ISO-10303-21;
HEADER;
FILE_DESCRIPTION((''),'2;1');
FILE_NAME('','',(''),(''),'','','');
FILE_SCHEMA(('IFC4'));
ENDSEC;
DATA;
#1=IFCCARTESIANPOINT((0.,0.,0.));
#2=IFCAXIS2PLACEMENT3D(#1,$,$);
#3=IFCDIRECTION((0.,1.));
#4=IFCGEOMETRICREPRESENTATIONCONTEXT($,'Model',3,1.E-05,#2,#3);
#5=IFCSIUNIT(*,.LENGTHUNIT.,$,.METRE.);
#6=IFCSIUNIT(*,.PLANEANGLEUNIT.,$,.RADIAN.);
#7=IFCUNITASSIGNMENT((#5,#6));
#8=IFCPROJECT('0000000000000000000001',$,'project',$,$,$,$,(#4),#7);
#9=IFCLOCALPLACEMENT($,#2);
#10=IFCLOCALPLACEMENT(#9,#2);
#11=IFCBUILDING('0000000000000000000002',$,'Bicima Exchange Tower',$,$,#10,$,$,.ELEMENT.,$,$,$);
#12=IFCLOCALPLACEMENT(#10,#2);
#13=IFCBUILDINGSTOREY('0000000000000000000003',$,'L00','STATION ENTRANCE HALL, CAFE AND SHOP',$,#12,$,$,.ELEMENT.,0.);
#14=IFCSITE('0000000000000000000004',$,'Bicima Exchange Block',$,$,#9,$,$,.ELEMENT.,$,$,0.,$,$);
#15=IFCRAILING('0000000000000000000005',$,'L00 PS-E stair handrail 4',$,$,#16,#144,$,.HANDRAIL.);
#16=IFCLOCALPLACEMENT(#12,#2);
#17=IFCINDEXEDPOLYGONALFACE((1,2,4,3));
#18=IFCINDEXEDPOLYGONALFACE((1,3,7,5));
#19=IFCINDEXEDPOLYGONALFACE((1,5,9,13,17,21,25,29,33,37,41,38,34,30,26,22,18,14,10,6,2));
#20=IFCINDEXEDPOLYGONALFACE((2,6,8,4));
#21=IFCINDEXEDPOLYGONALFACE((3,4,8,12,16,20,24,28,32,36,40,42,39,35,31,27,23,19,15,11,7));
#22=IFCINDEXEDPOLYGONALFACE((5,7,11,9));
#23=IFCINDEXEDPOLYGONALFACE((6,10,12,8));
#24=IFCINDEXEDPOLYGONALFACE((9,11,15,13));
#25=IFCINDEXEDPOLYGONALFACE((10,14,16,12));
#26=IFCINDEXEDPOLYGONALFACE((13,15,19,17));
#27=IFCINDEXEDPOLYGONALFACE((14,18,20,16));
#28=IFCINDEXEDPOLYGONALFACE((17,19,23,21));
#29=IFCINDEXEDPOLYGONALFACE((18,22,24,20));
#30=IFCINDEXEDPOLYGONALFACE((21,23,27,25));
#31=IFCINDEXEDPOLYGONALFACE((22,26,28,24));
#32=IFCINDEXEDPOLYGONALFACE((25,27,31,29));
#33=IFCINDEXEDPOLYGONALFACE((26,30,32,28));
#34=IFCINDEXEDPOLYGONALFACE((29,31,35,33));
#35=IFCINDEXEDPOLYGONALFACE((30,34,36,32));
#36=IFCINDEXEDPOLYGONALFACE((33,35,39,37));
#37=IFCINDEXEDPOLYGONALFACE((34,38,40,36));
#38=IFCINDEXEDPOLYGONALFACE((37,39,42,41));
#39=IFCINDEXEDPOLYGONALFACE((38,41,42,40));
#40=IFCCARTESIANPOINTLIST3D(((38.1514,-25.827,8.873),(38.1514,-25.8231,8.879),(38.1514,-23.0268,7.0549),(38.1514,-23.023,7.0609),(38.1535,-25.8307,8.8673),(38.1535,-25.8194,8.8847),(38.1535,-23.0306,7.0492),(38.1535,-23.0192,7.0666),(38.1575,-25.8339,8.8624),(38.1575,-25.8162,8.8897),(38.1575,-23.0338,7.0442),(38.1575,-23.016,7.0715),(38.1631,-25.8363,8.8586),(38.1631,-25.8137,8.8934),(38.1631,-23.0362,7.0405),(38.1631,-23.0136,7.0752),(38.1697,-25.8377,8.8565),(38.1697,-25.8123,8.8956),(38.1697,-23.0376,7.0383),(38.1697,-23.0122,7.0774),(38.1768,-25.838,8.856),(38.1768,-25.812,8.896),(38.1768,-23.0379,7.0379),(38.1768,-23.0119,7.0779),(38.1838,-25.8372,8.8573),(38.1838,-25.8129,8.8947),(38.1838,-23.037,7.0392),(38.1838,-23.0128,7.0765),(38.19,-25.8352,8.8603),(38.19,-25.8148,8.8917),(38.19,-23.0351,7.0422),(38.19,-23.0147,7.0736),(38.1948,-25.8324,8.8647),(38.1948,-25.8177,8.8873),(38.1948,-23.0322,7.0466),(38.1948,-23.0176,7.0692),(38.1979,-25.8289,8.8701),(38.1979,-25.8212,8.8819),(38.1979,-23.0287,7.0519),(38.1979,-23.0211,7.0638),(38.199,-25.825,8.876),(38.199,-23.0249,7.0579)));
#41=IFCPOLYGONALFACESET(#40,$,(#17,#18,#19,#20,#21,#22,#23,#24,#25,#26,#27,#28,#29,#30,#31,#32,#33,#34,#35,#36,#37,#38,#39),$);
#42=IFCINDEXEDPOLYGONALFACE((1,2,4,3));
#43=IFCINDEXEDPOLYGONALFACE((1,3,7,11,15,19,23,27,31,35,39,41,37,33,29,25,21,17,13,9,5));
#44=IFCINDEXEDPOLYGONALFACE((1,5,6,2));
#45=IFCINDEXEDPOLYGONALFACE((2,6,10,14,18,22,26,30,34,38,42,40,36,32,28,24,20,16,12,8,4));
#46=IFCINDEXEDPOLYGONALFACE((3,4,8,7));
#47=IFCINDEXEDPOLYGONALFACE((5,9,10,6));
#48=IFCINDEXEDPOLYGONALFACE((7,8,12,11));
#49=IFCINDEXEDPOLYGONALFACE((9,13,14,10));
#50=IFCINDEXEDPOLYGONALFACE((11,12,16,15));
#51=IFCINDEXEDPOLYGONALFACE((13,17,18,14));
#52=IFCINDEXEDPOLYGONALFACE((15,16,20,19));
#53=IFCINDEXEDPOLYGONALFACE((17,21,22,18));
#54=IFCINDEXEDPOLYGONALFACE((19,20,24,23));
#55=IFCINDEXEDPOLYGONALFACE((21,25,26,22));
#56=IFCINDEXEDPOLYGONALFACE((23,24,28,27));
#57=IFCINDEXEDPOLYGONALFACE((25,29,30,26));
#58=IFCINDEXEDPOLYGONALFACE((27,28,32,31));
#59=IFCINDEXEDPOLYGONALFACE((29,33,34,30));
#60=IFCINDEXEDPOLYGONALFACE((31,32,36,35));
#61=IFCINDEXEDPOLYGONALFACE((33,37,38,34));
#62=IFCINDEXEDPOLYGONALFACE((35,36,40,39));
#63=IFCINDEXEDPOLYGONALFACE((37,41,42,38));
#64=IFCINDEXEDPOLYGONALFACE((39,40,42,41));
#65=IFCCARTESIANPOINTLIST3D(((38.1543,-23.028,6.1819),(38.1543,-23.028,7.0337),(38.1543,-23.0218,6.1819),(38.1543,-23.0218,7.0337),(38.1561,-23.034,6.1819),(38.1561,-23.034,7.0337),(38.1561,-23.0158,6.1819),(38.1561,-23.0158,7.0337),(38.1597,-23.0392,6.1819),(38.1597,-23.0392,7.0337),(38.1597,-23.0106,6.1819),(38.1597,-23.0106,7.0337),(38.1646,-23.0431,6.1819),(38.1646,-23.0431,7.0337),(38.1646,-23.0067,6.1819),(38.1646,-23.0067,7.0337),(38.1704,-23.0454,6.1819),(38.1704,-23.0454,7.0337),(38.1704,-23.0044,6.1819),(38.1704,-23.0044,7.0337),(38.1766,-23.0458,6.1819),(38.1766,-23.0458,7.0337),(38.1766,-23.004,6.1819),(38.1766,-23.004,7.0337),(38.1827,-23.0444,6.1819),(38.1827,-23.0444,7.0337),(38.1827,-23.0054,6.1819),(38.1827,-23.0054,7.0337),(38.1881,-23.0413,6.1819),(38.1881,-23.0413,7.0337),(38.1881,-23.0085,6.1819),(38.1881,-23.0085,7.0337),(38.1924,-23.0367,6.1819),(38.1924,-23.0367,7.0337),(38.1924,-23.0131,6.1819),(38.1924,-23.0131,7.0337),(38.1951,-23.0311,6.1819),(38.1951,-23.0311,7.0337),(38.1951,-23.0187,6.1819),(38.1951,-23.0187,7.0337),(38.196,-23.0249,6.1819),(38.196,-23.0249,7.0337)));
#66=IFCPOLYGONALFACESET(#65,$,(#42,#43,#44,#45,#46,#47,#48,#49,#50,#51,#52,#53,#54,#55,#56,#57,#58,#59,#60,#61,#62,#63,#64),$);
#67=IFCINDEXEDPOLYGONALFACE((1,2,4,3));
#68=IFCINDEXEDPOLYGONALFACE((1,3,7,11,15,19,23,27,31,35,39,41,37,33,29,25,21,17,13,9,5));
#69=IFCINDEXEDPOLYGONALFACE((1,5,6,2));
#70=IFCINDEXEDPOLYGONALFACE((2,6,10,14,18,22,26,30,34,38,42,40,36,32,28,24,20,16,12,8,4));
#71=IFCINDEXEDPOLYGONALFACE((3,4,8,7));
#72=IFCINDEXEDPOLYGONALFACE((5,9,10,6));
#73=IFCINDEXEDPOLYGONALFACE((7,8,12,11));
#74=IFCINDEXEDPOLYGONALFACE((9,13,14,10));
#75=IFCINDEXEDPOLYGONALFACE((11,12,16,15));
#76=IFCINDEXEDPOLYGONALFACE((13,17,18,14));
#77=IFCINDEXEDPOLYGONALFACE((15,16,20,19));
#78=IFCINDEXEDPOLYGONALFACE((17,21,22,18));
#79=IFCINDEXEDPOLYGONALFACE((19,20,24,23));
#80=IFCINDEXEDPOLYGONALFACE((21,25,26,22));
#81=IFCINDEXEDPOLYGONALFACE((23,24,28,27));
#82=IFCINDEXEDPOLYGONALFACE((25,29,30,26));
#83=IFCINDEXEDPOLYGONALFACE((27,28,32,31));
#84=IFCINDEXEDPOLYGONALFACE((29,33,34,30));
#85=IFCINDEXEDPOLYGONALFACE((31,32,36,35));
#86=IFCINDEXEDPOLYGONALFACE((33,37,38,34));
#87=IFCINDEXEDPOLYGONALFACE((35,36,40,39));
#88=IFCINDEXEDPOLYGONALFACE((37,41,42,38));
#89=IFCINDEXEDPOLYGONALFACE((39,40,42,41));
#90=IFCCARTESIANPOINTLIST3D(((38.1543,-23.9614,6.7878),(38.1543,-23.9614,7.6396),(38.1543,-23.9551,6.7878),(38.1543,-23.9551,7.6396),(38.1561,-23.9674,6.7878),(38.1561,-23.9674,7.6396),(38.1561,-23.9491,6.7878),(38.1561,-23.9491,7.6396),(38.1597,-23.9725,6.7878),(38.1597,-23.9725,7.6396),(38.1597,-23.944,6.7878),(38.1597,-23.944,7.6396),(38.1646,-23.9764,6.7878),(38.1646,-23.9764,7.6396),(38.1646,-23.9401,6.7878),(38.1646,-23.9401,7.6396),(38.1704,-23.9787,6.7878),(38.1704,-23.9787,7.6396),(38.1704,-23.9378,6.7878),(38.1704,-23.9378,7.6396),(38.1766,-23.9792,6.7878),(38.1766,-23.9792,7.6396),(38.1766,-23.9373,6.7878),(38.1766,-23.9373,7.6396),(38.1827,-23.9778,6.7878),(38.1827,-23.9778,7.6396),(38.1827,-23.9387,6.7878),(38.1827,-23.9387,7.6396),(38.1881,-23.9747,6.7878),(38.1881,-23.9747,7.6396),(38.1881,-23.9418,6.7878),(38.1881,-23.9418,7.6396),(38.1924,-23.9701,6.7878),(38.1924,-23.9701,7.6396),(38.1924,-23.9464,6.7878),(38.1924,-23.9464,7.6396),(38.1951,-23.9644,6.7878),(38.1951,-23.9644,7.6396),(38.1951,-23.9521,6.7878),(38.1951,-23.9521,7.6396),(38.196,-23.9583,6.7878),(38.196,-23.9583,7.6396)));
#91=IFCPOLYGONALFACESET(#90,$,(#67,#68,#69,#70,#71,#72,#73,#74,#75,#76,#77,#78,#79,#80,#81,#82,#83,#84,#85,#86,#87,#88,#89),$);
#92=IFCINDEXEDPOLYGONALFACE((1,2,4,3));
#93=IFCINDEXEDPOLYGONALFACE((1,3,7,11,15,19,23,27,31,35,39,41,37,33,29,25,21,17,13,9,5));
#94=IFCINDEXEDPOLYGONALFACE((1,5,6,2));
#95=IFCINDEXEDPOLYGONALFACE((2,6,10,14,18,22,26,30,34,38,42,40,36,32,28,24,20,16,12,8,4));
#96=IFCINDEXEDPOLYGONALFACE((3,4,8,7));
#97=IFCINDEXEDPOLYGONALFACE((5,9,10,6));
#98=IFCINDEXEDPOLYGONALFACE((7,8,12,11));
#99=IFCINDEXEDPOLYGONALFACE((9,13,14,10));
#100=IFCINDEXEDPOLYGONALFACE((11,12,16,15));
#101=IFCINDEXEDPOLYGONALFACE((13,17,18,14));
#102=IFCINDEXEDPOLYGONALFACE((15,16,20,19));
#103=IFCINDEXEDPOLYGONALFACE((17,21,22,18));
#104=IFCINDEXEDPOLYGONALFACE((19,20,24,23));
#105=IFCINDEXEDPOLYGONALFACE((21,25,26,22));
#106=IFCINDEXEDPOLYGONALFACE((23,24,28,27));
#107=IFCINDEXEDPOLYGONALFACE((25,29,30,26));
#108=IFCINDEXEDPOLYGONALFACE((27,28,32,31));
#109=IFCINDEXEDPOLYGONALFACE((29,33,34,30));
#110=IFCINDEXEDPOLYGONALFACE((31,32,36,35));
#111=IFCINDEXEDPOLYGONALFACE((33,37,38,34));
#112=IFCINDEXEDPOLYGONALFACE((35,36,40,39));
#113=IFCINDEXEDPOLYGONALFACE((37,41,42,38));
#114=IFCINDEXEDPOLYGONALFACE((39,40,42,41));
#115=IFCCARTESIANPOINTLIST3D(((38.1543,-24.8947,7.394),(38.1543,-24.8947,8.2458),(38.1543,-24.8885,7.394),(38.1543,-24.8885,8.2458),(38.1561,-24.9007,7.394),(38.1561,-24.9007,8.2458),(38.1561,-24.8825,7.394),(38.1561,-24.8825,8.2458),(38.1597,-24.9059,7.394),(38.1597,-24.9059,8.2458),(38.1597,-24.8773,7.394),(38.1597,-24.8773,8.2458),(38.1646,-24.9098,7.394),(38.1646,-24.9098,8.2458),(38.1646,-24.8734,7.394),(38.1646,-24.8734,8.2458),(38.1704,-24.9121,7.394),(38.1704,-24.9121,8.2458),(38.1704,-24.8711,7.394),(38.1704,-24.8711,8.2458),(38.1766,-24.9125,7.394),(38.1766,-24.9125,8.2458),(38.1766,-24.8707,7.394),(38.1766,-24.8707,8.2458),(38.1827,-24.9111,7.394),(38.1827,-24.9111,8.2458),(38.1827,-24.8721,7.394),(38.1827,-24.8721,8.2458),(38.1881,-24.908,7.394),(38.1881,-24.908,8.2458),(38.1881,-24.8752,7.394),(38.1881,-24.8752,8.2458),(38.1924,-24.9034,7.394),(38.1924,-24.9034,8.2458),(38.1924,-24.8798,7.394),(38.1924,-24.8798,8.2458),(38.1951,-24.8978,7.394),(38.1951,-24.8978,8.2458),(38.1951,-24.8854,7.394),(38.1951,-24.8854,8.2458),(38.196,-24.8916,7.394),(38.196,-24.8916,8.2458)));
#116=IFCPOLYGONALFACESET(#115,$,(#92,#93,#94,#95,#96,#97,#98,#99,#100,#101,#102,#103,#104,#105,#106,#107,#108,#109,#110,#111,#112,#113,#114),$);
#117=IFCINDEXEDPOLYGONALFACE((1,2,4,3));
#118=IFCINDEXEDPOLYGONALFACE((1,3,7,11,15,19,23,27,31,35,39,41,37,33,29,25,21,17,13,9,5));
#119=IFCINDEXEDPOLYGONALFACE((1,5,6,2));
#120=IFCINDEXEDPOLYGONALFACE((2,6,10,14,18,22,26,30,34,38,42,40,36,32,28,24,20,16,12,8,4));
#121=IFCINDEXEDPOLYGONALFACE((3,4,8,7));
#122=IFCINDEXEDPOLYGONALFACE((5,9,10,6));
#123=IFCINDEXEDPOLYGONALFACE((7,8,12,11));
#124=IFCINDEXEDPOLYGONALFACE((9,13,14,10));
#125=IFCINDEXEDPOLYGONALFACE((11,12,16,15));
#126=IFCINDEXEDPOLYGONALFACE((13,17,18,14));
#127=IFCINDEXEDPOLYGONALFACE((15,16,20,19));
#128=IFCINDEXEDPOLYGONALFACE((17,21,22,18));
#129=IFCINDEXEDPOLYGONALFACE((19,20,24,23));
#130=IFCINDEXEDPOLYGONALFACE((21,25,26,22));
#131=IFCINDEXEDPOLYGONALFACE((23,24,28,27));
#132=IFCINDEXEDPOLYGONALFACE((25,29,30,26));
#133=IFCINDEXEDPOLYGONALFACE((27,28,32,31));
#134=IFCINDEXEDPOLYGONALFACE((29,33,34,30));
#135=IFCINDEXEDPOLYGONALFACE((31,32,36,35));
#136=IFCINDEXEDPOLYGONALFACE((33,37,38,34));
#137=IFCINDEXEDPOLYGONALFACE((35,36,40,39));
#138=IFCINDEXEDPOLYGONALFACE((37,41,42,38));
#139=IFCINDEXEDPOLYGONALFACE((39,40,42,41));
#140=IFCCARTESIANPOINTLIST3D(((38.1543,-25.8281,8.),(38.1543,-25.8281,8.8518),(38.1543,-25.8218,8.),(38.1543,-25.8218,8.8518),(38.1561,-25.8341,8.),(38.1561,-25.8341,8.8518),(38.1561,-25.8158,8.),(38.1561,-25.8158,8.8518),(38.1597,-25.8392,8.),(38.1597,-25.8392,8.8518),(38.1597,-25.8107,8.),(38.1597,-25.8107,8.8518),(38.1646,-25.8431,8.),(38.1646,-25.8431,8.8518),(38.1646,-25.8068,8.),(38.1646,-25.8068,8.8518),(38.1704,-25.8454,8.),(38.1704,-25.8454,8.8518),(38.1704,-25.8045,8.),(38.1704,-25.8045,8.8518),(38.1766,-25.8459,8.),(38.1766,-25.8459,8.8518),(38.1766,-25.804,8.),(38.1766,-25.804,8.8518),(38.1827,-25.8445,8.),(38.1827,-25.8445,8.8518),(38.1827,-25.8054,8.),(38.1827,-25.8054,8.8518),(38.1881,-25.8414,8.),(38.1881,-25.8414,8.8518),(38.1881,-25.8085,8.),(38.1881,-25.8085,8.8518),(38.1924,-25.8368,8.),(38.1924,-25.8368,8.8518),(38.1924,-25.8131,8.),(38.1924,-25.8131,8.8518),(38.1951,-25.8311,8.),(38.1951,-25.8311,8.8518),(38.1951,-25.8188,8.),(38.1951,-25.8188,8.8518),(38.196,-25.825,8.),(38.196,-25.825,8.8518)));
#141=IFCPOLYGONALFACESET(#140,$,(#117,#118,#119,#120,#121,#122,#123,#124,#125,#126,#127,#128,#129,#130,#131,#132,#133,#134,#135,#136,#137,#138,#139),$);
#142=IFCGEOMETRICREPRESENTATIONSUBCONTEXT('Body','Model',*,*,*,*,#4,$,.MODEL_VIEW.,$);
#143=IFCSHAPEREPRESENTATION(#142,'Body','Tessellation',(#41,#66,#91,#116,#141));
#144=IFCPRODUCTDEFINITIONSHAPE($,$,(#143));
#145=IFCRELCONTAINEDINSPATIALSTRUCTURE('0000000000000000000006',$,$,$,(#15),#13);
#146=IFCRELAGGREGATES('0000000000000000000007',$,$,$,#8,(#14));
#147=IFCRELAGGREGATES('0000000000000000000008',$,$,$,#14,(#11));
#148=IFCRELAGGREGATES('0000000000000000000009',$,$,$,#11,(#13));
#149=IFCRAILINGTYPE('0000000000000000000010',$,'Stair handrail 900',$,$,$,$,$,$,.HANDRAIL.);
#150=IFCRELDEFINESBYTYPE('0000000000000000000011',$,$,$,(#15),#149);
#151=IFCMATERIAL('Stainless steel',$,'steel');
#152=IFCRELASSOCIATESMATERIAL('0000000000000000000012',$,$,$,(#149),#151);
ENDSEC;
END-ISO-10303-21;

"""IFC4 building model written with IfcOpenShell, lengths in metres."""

from ifc_helpers import new_model, si_unit, direction, frame, origin, origin_2d, place, context, subcontext, project, spatial, circle, extrude, material, type_object, element, save


model = new_model("IFC4")

# Units and contexts
model_context = context("Model", 3, precision=1e-05, world=origin(), true_north=direction((0.0, 1.0)))
body_context = subcontext(model_context, "Body", "Model", "MODEL_VIEW")
ifc_project = project(units=[si_unit("LENGTHUNIT", "METRE"), si_unit("PLANEANGLEUNIT", "RADIAN")], contexts=[model_context])

# Site, building, storey
site_placement = place(None, origin())
site = spatial("IfcSite", under=ifc_project, at=site_placement, Name="Bicima Exchange Block", CompositionType="ELEMENT", RefElevation=0.0)
building_placement = place(site_placement, origin())
building = spatial("IfcBuilding", under=site, at=building_placement, Name="Bicima Exchange Tower", CompositionType="ELEMENT")
storey_placement = place(building_placement, origin())
storey = spatial("IfcBuildingStorey", under=building, at=storey_placement, Name="L00", Description="STATION ENTRANCE HALL, CAFE AND SHOP", CompositionType="ELEMENT", Elevation=0.0)

# Railing
ifc_material_1 = material(Name="Stainless steel", Category="steel")
railing_type = type_object("IfcRailingType", Name="Stair handrail 900", PredefinedType="HANDRAIL", material=ifc_material_1)
railing_1_placement = place(storey_placement, frame((38.175, -23.0249, 6.1819)))
element("IfcRailing", 1, at=railing_1_placement, inside=storey, type_object=railing_type, Name="L00 PS-E stair handrail 4", PredefinedType="HANDRAIL", context=body_context, shape_type="SweptSolid", body=[
    extrude(circle(Radius=0.0239, at=origin_2d()), frame((0.0, 0.0, 0.876), z_axis=(0.0, -0.838706, 0.544585), x_axis=(1.0, 0.0, 0.0)), (0.0, 0.0, 1.0), 3.3386),
    extrude(circle(Radius=0.021, at=origin_2d()), origin(), (0.0, 0.0, 1.0), 0.8518),
    extrude(circle(Radius=0.021, at=origin_2d()), frame((0.0, -0.9333, 0.606)), (0.0, 0.0, 1.0), 0.8518),
    extrude(circle(Radius=0.021, at=origin_2d()), frame((0.0, -1.8667, 1.2122)), (0.0, 0.0, 1.0), 0.8518),
    extrude(circle(Radius=0.021, at=origin_2d()), frame((0.0, -2.8, 1.8181)), (0.0, 0.0, 1.0), 0.8518),
])

save(model, "model.ifc")
